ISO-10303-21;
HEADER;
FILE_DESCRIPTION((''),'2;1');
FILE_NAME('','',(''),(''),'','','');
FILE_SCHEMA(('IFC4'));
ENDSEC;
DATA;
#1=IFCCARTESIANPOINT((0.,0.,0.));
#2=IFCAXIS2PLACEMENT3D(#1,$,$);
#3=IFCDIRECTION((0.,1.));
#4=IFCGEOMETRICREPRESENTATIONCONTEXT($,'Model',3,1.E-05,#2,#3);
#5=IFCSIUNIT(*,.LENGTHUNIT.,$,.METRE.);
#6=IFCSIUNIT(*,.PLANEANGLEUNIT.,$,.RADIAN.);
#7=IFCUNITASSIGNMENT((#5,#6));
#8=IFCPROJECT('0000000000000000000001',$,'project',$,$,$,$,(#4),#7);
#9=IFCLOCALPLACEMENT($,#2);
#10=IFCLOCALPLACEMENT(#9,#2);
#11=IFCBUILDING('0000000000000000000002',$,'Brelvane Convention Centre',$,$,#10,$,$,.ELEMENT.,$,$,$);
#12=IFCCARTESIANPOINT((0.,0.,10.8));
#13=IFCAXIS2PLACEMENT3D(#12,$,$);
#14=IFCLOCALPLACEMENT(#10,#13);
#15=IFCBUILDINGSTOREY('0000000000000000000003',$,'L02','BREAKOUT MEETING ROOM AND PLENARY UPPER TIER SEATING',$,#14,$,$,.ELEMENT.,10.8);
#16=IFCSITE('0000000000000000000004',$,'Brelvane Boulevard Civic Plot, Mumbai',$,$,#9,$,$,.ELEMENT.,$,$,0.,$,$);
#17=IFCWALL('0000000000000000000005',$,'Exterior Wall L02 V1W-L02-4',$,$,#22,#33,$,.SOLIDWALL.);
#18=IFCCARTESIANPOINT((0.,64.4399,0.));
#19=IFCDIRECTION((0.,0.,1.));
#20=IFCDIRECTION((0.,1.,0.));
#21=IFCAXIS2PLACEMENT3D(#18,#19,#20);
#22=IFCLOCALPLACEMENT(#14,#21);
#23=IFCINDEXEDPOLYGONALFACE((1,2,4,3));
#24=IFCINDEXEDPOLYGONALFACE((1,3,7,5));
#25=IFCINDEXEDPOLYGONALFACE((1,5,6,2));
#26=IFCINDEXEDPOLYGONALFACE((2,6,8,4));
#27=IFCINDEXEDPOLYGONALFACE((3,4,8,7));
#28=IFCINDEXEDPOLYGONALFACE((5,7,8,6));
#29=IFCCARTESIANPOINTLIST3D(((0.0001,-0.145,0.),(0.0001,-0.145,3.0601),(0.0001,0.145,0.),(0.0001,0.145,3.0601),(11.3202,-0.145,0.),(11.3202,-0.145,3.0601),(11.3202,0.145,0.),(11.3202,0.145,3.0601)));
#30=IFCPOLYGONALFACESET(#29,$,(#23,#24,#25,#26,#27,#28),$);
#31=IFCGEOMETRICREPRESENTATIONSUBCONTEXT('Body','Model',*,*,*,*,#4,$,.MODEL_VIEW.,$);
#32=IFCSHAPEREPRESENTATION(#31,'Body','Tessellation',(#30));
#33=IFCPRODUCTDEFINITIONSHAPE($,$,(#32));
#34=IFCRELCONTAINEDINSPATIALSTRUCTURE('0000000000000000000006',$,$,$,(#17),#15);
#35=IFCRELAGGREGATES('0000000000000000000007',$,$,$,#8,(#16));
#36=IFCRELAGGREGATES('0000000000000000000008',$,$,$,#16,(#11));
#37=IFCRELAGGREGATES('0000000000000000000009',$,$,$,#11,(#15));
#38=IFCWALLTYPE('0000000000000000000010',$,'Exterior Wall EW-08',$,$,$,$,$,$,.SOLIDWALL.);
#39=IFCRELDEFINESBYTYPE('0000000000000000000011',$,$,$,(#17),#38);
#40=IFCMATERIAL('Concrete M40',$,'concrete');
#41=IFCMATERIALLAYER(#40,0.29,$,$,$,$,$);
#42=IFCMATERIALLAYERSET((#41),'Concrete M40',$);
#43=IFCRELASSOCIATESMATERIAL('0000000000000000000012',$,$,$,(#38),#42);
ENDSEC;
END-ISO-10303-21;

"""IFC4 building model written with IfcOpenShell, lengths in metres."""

from ifc_helpers import new_model, si_unit, direction, frame, frame_2d, origin, place, context, subcontext, project, spatial, rectangle, extrude, material, layer, layer_set, type_object, element, save


model = new_model("IFC4")

# Units and contexts
model_context = context("Model", 3, precision=1e-05, world=origin(), true_north=direction((0.0, 1.0)))
body_context = subcontext(model_context, "Body", "Model", "MODEL_VIEW")
ifc_project = project(units=[si_unit("LENGTHUNIT", "METRE"), si_unit("PLANEANGLEUNIT", "RADIAN")], contexts=[model_context])

# Site, building, storey
site_placement = place(None, origin())
site = spatial("IfcSite", under=ifc_project, at=site_placement, Name="Brelvane Boulevard Civic Plot, Mumbai", CompositionType="ELEMENT", RefElevation=0.0)
building_placement = place(site_placement, origin())
building = spatial("IfcBuilding", under=site, at=building_placement, Name="Brelvane Convention Centre", CompositionType="ELEMENT")
storey_placement = place(building_placement, frame((0.0, 0.0, 10.8)))
storey = spatial("IfcBuildingStorey", under=building, at=storey_placement, Name="L02", Description="BREAKOUT MEETING ROOM AND PLENARY UPPER TIER SEATING", CompositionType="ELEMENT", Elevation=10.8)

# Wall
ifc_material_1 = material(Name="Concrete M40", Category="concrete")
ifc_layer_1 = layer(ifc_material_1, 0.29)
ifc_layer_set_1 = layer_set([ifc_layer_1], Name="Concrete M40")
wall_type = type_object("IfcWallType", Name="Exterior Wall EW-08", PredefinedType="SOLIDWALL", material=ifc_layer_set_1)
wall_placement = place(storey_placement, frame((0.0, 64.4399, 0.0), z_axis=(0.0, 0.0, 1.0), x_axis=(0.0, 1.0, 0.0)))
element("IfcWall", 1, at=wall_placement, inside=storey, type_object=wall_type, Name="Exterior Wall L02 V1W-L02-4", PredefinedType="SOLIDWALL", context=body_context, shape_type="SweptSolid", body=[
    extrude(rectangle(XDim=11.3201, YDim=0.29, at=frame_2d((5.6602, 0.0))), origin(), (0.0, 0.0, 1.0), 3.0601),
])

save(model, "model.ifc")
